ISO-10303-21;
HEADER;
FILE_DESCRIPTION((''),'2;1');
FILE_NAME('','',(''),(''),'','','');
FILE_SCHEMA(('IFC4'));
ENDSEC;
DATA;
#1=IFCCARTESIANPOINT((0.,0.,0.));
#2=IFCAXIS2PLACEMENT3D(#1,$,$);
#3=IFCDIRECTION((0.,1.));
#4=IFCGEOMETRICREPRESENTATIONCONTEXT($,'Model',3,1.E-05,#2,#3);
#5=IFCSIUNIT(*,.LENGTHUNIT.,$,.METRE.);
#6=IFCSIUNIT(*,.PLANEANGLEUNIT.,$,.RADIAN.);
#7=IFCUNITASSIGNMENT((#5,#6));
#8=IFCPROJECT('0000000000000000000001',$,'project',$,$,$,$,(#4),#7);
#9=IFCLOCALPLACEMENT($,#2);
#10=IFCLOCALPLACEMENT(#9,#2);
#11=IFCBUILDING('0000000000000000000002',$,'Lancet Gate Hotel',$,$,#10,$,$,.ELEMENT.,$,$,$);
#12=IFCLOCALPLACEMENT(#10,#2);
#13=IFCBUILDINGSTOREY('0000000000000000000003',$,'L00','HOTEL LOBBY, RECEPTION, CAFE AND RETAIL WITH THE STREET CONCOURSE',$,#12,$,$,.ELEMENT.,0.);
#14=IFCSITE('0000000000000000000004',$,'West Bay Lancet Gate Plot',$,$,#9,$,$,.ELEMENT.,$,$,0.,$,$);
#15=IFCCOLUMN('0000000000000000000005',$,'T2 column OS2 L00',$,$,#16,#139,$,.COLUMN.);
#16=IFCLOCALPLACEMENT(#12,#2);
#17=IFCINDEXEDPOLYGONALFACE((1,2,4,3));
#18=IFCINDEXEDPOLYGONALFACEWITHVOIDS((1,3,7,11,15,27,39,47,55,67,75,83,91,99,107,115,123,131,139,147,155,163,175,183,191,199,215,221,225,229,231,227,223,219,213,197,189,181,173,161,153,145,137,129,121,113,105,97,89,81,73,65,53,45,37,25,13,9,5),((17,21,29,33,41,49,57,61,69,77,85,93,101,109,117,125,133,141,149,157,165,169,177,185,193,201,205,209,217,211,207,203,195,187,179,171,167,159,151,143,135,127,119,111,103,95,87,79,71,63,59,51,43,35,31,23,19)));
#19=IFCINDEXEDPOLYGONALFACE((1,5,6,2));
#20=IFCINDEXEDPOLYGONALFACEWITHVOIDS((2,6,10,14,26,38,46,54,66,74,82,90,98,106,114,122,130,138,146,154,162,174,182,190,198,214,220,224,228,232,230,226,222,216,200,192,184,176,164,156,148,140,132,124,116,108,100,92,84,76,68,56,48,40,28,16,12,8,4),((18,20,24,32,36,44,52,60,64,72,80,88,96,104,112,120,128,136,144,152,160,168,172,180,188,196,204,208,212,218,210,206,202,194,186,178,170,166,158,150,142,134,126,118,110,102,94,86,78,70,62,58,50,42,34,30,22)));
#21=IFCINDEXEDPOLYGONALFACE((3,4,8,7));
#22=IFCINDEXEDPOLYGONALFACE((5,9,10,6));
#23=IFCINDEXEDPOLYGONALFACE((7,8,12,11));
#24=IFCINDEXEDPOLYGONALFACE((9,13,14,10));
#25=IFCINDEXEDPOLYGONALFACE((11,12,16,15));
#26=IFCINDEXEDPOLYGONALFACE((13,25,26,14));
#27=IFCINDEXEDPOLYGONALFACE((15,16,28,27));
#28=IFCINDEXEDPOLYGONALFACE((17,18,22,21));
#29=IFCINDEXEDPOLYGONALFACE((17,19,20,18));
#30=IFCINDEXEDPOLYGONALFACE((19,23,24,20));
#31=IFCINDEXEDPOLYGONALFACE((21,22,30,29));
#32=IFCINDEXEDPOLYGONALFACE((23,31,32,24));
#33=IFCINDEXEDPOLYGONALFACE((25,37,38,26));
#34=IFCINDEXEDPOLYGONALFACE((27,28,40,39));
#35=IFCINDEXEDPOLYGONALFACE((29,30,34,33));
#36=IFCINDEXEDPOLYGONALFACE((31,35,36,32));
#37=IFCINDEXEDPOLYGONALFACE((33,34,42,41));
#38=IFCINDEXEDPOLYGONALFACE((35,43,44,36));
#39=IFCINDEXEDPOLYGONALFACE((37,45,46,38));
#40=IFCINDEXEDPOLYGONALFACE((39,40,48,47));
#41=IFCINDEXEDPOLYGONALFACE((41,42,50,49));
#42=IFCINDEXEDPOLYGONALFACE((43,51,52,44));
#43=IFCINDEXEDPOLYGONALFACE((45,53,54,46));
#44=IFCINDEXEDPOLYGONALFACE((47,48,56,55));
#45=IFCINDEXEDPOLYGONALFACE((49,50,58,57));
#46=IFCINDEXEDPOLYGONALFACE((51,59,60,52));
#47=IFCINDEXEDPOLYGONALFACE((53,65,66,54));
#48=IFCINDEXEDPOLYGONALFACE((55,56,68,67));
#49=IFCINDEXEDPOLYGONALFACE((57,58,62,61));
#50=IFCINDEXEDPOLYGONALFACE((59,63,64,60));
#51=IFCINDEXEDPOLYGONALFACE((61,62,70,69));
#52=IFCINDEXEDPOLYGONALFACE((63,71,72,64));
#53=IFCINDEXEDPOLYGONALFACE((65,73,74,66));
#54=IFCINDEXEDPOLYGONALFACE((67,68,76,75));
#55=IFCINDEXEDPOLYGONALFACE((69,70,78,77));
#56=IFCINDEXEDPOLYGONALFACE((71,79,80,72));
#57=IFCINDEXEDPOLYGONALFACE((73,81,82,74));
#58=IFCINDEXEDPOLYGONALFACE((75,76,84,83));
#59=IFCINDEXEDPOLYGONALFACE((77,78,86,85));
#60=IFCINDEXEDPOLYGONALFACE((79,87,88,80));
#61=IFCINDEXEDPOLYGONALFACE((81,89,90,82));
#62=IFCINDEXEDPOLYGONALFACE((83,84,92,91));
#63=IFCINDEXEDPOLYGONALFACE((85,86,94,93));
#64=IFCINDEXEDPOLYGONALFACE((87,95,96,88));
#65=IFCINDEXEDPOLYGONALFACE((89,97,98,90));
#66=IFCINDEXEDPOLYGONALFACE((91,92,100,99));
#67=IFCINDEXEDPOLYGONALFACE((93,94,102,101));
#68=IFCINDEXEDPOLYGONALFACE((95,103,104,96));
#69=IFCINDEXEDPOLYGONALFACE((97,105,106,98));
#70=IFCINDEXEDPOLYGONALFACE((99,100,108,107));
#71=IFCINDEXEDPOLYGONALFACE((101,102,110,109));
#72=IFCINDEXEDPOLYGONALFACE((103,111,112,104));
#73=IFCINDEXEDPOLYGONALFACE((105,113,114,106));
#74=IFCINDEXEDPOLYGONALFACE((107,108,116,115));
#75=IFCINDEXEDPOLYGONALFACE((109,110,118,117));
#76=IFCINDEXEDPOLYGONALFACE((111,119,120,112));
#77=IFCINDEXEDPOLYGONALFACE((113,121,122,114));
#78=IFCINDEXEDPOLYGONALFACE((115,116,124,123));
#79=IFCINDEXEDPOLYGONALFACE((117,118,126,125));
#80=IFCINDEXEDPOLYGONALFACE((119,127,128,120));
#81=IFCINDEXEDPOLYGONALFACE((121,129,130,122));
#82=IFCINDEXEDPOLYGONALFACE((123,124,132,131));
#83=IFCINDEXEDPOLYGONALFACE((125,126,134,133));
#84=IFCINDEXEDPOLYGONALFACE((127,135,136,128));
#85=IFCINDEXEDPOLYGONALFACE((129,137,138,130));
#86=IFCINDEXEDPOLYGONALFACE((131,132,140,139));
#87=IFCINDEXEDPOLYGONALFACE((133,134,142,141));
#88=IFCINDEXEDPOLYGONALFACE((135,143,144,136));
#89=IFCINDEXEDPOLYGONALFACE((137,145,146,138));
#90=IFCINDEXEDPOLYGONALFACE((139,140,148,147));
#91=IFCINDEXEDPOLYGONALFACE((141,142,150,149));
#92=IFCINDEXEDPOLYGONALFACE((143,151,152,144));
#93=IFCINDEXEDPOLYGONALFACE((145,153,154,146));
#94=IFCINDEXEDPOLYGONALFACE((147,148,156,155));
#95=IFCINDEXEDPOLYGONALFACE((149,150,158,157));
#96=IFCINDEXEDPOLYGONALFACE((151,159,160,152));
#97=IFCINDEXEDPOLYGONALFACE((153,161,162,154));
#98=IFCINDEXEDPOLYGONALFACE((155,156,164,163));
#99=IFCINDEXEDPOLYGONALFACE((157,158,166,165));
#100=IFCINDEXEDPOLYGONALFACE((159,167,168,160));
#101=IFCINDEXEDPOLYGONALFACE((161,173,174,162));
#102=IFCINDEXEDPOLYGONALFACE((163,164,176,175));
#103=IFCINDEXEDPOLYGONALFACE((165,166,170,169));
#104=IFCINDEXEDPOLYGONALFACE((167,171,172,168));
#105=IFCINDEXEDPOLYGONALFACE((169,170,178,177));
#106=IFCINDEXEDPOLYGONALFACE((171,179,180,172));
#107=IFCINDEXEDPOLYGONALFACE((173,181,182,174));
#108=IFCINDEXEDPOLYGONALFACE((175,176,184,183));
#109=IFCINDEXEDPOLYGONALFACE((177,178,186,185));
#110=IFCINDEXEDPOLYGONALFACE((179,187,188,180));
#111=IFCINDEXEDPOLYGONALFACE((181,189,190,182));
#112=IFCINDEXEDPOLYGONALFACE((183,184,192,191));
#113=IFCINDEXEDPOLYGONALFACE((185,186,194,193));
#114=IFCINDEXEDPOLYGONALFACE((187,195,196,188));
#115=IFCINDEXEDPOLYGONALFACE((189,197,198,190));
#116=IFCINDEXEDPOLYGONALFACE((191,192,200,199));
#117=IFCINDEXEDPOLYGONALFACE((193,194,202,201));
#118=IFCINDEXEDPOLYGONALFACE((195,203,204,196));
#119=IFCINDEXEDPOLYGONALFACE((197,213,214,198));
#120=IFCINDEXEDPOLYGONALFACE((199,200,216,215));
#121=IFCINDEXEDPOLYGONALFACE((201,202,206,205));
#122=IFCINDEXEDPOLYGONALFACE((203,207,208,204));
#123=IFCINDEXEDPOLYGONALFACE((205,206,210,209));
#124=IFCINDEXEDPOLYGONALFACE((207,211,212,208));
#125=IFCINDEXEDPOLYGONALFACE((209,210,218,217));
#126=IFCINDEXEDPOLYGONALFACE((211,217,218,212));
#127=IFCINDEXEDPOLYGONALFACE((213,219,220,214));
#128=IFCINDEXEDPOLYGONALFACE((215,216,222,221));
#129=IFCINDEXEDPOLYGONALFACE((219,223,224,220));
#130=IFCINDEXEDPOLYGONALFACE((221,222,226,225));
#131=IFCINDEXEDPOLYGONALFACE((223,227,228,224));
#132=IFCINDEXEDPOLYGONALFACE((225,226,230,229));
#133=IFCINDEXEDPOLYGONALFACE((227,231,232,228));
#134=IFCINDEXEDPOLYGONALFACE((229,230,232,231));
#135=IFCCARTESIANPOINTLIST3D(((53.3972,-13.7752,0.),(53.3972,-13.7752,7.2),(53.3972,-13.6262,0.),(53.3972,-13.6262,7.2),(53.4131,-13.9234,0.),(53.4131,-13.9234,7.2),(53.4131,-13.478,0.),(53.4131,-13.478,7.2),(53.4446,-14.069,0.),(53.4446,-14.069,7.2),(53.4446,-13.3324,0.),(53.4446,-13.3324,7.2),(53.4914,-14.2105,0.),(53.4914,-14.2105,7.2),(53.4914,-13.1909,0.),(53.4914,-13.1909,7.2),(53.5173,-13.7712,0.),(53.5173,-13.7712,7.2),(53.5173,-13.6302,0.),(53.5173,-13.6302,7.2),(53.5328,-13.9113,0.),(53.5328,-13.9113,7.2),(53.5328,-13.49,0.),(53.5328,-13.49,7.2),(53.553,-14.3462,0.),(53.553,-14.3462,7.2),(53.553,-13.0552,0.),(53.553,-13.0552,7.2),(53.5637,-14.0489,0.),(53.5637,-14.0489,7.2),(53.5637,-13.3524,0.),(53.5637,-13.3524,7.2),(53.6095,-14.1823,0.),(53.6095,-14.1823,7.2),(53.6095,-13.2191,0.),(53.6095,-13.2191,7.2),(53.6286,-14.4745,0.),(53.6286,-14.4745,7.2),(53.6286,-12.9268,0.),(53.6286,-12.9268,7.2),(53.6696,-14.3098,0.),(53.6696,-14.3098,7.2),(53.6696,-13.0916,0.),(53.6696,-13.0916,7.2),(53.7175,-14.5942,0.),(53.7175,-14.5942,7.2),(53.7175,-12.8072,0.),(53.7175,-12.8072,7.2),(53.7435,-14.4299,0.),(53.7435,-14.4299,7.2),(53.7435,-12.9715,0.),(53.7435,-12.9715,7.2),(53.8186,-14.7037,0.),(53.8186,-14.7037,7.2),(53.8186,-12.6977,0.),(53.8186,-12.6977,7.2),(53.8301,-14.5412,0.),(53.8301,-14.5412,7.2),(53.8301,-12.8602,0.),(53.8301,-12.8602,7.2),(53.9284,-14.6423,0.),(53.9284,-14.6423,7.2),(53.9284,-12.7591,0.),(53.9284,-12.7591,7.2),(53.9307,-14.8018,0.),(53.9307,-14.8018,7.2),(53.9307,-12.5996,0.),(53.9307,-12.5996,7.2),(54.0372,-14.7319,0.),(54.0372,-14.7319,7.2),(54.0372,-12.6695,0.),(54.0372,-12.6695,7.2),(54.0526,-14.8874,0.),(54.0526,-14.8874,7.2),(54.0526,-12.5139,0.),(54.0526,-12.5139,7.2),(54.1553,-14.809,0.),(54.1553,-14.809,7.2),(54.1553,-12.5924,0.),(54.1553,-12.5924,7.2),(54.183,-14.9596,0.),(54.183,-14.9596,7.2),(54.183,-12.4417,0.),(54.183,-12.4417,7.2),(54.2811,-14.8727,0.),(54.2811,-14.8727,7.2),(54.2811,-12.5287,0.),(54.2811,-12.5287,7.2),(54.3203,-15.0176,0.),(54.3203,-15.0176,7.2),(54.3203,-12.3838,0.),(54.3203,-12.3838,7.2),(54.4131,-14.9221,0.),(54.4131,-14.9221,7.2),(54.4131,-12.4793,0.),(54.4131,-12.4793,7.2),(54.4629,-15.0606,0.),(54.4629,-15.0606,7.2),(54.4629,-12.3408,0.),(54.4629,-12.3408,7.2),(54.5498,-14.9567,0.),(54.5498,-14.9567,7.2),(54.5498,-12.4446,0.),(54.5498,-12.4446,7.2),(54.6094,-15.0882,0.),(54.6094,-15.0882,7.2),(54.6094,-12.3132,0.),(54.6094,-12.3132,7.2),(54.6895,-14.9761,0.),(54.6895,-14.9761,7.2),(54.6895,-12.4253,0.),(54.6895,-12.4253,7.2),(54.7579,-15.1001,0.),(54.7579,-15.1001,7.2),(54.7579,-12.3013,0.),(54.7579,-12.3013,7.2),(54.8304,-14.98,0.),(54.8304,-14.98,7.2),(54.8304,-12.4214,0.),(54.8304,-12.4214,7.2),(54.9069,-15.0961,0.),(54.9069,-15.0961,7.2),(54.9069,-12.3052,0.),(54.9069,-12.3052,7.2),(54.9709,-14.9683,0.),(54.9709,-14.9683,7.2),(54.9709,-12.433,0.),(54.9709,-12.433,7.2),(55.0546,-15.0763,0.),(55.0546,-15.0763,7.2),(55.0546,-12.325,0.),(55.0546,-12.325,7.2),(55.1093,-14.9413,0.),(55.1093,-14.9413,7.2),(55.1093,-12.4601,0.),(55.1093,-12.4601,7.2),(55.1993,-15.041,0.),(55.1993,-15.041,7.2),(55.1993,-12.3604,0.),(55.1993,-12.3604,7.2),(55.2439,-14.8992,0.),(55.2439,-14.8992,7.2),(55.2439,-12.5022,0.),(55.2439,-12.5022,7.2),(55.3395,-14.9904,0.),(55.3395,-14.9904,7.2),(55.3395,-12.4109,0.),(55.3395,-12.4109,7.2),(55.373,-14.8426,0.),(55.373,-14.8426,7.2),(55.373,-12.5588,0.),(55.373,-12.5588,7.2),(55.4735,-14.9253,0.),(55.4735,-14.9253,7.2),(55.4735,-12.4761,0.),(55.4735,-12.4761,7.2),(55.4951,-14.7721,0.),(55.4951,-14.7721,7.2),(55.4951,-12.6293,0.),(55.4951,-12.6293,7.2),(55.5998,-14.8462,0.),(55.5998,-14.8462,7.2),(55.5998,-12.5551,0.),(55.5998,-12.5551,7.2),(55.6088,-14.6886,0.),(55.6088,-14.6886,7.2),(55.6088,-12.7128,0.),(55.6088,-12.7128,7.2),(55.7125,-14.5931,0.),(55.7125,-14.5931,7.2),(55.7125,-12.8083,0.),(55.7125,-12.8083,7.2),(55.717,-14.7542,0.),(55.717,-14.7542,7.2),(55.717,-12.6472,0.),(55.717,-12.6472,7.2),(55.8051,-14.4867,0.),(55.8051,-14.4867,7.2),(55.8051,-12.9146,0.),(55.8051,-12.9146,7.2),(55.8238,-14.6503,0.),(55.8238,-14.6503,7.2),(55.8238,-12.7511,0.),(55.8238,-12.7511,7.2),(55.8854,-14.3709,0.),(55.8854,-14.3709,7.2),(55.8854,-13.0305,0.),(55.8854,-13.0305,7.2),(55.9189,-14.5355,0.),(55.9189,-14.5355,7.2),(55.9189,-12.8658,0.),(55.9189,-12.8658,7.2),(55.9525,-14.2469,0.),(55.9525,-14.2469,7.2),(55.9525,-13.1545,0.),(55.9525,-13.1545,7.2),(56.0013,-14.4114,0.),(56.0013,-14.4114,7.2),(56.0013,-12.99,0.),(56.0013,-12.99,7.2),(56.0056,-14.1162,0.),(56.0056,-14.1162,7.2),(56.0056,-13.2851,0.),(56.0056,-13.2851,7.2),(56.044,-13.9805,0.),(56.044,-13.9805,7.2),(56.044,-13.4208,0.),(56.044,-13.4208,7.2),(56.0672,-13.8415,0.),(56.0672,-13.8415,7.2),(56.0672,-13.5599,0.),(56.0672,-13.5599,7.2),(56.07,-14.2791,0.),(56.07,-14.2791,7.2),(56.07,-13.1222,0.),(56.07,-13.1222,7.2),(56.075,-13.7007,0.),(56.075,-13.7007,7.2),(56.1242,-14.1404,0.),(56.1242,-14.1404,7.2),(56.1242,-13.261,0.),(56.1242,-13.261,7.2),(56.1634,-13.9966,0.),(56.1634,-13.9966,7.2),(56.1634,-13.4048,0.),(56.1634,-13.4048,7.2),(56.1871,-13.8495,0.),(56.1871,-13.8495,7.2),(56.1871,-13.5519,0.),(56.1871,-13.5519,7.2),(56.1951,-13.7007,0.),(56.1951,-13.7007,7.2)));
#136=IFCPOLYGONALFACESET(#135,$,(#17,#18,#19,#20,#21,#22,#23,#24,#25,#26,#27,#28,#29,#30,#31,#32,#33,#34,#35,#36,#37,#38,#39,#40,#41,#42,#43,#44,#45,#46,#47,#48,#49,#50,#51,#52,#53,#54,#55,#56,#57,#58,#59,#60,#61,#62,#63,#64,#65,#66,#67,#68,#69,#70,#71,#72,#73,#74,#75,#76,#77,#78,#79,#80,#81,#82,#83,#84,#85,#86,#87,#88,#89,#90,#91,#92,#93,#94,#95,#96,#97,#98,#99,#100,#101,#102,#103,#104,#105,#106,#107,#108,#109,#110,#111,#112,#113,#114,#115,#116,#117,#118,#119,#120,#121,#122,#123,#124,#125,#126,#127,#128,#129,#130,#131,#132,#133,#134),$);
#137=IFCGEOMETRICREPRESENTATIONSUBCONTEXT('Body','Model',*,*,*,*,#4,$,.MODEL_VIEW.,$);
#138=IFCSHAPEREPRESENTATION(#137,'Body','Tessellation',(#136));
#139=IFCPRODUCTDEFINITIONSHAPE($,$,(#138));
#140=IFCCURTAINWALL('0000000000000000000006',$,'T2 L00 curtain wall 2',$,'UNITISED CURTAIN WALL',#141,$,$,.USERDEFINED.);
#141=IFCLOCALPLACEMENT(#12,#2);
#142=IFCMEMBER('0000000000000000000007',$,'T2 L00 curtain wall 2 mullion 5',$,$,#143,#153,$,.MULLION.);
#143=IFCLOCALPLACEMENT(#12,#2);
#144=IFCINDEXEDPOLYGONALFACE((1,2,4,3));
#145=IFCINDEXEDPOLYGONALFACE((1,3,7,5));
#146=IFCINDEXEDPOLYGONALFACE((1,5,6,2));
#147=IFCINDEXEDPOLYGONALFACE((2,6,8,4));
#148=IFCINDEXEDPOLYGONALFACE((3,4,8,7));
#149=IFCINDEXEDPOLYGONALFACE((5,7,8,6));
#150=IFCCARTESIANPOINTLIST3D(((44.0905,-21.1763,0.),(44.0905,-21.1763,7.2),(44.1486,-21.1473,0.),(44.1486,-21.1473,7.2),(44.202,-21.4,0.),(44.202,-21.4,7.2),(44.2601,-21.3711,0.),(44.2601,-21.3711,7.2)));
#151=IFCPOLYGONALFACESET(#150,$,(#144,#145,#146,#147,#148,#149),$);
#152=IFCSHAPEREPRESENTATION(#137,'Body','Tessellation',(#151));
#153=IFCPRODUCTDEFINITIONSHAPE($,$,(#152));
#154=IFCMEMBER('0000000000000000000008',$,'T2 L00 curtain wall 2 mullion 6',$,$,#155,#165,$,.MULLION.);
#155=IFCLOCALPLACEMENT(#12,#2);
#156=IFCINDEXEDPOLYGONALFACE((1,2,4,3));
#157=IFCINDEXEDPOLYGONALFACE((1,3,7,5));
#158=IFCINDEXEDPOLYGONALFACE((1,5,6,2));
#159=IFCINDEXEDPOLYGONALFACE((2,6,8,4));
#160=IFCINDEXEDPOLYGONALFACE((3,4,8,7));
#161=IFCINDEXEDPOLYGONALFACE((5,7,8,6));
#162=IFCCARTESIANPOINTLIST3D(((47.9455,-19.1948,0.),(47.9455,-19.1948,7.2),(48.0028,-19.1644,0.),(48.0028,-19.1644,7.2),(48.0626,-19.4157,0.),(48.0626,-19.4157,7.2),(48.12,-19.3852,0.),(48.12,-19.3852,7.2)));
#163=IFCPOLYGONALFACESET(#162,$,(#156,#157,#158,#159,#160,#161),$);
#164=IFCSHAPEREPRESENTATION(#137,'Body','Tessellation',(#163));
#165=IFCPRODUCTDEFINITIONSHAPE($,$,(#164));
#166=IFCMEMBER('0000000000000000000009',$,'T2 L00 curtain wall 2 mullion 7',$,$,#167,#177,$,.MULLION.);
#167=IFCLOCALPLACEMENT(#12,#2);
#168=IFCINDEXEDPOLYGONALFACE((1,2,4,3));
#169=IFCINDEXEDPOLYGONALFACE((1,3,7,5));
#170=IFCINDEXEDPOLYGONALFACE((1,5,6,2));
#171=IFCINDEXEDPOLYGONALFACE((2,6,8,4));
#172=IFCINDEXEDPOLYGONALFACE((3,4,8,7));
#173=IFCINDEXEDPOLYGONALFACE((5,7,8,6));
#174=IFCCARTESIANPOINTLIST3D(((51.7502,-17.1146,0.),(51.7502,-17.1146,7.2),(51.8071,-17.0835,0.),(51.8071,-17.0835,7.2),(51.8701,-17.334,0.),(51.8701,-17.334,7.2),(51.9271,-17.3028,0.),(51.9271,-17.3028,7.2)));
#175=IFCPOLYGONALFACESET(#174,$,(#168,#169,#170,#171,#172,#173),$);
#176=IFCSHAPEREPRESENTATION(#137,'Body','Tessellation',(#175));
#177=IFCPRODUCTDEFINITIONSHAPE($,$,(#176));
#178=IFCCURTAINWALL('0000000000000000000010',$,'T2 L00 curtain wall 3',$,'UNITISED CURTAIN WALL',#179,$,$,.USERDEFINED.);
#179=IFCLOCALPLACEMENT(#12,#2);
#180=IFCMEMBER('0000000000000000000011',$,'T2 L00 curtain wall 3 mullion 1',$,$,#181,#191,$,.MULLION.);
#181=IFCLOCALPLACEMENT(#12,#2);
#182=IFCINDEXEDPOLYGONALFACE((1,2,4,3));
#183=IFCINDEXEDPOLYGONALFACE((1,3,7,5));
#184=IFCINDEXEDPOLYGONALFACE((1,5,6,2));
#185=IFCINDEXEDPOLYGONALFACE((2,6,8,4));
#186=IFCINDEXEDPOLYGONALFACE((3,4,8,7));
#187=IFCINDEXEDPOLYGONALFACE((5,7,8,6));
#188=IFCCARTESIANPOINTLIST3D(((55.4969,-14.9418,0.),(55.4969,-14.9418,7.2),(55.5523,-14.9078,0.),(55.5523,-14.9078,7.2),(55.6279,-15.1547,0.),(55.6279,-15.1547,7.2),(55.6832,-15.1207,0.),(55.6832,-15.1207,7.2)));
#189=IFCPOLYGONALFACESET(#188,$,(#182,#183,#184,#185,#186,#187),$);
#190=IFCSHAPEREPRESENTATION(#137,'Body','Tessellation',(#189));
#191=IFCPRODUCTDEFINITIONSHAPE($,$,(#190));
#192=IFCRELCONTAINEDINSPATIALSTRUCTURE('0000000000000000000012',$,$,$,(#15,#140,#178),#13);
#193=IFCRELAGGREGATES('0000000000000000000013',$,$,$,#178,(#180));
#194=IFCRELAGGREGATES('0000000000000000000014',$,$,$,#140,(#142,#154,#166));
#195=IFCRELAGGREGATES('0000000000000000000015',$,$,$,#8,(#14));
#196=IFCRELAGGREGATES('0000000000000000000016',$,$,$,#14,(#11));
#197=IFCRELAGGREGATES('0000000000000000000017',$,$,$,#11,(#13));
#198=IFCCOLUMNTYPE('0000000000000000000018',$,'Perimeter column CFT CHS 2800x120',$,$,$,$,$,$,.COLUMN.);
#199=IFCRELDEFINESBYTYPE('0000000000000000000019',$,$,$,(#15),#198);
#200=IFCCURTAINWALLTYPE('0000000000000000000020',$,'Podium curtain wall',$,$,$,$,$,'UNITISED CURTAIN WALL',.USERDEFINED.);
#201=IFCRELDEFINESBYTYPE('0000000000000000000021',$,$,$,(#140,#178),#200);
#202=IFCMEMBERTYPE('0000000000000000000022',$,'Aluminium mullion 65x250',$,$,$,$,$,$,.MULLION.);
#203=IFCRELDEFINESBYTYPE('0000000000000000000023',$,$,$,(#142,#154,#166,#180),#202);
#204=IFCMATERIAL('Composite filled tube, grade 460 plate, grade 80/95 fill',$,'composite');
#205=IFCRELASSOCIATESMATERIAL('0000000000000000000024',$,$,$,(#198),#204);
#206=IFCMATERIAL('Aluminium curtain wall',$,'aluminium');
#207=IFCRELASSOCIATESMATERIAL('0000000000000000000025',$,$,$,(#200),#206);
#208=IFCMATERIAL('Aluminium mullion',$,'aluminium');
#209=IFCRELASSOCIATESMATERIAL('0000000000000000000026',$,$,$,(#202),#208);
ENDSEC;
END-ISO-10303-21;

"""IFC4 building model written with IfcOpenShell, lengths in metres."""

from ifc_helpers import new_model, si_unit, direction, frame, origin, origin_2d, place, context, subcontext, project, spatial, rectangle, hollow_circle, extrude, material, material_profile, profile_set, type_object, element, aggregate, save


model = new_model("IFC4")

# Units and contexts
model_context = context("Model", 3, precision=1e-05, world=origin(), true_north=direction((0.0, 1.0)))
body_context = subcontext(model_context, "Body", "Model", "MODEL_VIEW")
ifc_project = project(units=[si_unit("LENGTHUNIT", "METRE"), si_unit("PLANEANGLEUNIT", "RADIAN")], contexts=[model_context])

# Site, building, storey
site_placement = place(None, origin())
site = spatial("IfcSite", under=ifc_project, at=site_placement, Name="West Bay Lancet Gate Plot", CompositionType="ELEMENT", RefElevation=0.0)
building_placement = place(site_placement, origin())
building = spatial("IfcBuilding", under=site, at=building_placement, Name="Lancet Gate Hotel", CompositionType="ELEMENT")
storey_placement = place(building_placement, origin())
storey = spatial("IfcBuildingStorey", under=building, at=storey_placement, Name="L00", Description="HOTEL LOBBY, RECEPTION, CAFE AND RETAIL WITH THE STREET CONCOURSE", CompositionType="ELEMENT", Elevation=0.0)

# Column
ifc_material_1 = material(Name="Composite filled tube, grade 460 plate, grade 80/95 fill", Category="composite")
ifc_material_profile_1 = material_profile(ifc_material_1, hollow_circle(Radius=1.3999, WallThickness=0.1201, at=origin_2d()), Name="CHS 2800x120")
ifc_profile_set_1 = profile_set([ifc_material_profile_1], Name="Composite filled tube, grade 460 plate, grade 80/95 fill")
column_type = type_object("IfcColumnType", Name="Perimeter column CFT CHS 2800x120", PredefinedType="COLUMN", material=ifc_profile_set_1)
for number, where, z_axis, x_axis, name in (
    (1, (54.7952, -13.7007, 0.0), (0.0, 0.0, 1.0), (1.0, 0.0, 0.0), "T2 column OS2 L00"),
):
    element("IfcColumn", number, at=place(storey_placement, frame(where, z_axis=z_axis, x_axis=x_axis)), inside=storey, type_object=column_type, Name=name, PredefinedType="COLUMN", context=body_context, shape_type="SweptSolid", body=[
        extrude(hollow_circle(Radius=1.3999, WallThickness=0.1201, at=origin_2d()), origin(), (0.0, 0.0, 1.0), 7.2),
    ])

# Curtain wall, members
ifc_material_2 = material(Name="Aluminium curtain wall", Category="aluminium")
curtain_wall_type = type_object("IfcCurtainWallType", Name="Podium curtain wall", ElementType="UNITISED CURTAIN WALL", PredefinedType="USERDEFINED", material=ifc_material_2)
curtain_wall_1_placement = place(storey_placement, origin())
curtain_wall_1 = element("IfcCurtainWall", 2, at=curtain_wall_1_placement, inside=storey, type_object=curtain_wall_type, Name="T2 L00 curtain wall 2", ObjectType="UNITISED CURTAIN WALL", PredefinedType="USERDEFINED")
ifc_material_3 = material(Name="Aluminium mullion", Category="aluminium")
ifc_material_profile_2 = material_profile(ifc_material_3, rectangle(XDim=0.0649, YDim=0.25, at=origin_2d()), Name="MULLION 65x250")
ifc_profile_set_2 = profile_set([ifc_material_profile_2], Name="Aluminium mullion")
member_type_1 = type_object("IfcMemberType", Name="Aluminium mullion 65x250", PredefinedType="MULLION", material=ifc_profile_set_2)
member_1_placement = place(storey_placement, frame((44.1753, -21.2737, 0.0), z_axis=(0.0, 0.0, 1.0), x_axis=(0.895044, 0.445978, 0.0)))
member_1 = element("IfcMember", 3, at=member_1_placement, type_object=member_type_1, Name="T2 L00 curtain wall 2 mullion 5", PredefinedType="MULLION", context=body_context, shape_type="SweptSolid", body=[
    extrude(rectangle(XDim=0.0649, YDim=0.25, at=origin_2d()), origin(), (0.0, 0.0, 1.0), 7.2),
])
member_2_placement = place(storey_placement, frame((48.0327, -19.29, 0.0), z_axis=(0.0, 0.0, 1.0), x_axis=(0.883403, 0.468613, 0.0)))
member_2 = element("IfcMember", 4, at=member_2_placement, type_object=member_type_1, Name="T2 L00 curtain wall 2 mullion 6", PredefinedType="MULLION", context=body_context, shape_type="SweptSolid", body=[
    extrude(rectangle(XDim=0.0649, YDim=0.25, at=origin_2d()), origin(), (0.0, 0.0, 1.0), 7.2),
])
member_3_placement = place(storey_placement, frame((51.8386, -17.2087, 0.0), z_axis=(0.0, 0.0, 1.0), x_axis=(0.877368, 0.479818, 0.0)))
member_3 = element("IfcMember", 5, at=member_3_placement, type_object=member_type_1, Name="T2 L00 curtain wall 2 mullion 7", PredefinedType="MULLION", context=body_context, shape_type="SweptSolid", body=[
    extrude(rectangle(XDim=0.0649, YDim=0.25, at=origin_2d()), origin(), (0.0, 0.0, 1.0), 7.2),
])

# Curtain wall, member
curtain_wall_2_placement = place(storey_placement, origin())
curtain_wall_2 = element("IfcCurtainWall", 6, at=curtain_wall_2_placement, inside=storey, type_object=curtain_wall_type, Name="T2 L00 curtain wall 3", ObjectType="UNITISED CURTAIN WALL", PredefinedType="USERDEFINED")
member_4_placement = place(storey_placement, frame((55.5901, -15.0312, 0.0), z_axis=(0.0, 0.0, 1.0), x_axis=(0.851815, 0.523842, 0.0)))
member_4 = element("IfcMember", 7, at=member_4_placement, type_object=member_type_1, Name="T2 L00 curtain wall 3 mullion 1", PredefinedType="MULLION", context=body_context, shape_type="SweptSolid", body=[
    extrude(rectangle(XDim=0.0649, YDim=0.25, at=origin_2d()), origin(), (0.0, 0.0, 1.0), 7.2),
])

aggregate(curtain_wall_2, [member_4])

aggregate(curtain_wall_1, [member_1, member_2, member_3])

save(model, "model.ifc")
